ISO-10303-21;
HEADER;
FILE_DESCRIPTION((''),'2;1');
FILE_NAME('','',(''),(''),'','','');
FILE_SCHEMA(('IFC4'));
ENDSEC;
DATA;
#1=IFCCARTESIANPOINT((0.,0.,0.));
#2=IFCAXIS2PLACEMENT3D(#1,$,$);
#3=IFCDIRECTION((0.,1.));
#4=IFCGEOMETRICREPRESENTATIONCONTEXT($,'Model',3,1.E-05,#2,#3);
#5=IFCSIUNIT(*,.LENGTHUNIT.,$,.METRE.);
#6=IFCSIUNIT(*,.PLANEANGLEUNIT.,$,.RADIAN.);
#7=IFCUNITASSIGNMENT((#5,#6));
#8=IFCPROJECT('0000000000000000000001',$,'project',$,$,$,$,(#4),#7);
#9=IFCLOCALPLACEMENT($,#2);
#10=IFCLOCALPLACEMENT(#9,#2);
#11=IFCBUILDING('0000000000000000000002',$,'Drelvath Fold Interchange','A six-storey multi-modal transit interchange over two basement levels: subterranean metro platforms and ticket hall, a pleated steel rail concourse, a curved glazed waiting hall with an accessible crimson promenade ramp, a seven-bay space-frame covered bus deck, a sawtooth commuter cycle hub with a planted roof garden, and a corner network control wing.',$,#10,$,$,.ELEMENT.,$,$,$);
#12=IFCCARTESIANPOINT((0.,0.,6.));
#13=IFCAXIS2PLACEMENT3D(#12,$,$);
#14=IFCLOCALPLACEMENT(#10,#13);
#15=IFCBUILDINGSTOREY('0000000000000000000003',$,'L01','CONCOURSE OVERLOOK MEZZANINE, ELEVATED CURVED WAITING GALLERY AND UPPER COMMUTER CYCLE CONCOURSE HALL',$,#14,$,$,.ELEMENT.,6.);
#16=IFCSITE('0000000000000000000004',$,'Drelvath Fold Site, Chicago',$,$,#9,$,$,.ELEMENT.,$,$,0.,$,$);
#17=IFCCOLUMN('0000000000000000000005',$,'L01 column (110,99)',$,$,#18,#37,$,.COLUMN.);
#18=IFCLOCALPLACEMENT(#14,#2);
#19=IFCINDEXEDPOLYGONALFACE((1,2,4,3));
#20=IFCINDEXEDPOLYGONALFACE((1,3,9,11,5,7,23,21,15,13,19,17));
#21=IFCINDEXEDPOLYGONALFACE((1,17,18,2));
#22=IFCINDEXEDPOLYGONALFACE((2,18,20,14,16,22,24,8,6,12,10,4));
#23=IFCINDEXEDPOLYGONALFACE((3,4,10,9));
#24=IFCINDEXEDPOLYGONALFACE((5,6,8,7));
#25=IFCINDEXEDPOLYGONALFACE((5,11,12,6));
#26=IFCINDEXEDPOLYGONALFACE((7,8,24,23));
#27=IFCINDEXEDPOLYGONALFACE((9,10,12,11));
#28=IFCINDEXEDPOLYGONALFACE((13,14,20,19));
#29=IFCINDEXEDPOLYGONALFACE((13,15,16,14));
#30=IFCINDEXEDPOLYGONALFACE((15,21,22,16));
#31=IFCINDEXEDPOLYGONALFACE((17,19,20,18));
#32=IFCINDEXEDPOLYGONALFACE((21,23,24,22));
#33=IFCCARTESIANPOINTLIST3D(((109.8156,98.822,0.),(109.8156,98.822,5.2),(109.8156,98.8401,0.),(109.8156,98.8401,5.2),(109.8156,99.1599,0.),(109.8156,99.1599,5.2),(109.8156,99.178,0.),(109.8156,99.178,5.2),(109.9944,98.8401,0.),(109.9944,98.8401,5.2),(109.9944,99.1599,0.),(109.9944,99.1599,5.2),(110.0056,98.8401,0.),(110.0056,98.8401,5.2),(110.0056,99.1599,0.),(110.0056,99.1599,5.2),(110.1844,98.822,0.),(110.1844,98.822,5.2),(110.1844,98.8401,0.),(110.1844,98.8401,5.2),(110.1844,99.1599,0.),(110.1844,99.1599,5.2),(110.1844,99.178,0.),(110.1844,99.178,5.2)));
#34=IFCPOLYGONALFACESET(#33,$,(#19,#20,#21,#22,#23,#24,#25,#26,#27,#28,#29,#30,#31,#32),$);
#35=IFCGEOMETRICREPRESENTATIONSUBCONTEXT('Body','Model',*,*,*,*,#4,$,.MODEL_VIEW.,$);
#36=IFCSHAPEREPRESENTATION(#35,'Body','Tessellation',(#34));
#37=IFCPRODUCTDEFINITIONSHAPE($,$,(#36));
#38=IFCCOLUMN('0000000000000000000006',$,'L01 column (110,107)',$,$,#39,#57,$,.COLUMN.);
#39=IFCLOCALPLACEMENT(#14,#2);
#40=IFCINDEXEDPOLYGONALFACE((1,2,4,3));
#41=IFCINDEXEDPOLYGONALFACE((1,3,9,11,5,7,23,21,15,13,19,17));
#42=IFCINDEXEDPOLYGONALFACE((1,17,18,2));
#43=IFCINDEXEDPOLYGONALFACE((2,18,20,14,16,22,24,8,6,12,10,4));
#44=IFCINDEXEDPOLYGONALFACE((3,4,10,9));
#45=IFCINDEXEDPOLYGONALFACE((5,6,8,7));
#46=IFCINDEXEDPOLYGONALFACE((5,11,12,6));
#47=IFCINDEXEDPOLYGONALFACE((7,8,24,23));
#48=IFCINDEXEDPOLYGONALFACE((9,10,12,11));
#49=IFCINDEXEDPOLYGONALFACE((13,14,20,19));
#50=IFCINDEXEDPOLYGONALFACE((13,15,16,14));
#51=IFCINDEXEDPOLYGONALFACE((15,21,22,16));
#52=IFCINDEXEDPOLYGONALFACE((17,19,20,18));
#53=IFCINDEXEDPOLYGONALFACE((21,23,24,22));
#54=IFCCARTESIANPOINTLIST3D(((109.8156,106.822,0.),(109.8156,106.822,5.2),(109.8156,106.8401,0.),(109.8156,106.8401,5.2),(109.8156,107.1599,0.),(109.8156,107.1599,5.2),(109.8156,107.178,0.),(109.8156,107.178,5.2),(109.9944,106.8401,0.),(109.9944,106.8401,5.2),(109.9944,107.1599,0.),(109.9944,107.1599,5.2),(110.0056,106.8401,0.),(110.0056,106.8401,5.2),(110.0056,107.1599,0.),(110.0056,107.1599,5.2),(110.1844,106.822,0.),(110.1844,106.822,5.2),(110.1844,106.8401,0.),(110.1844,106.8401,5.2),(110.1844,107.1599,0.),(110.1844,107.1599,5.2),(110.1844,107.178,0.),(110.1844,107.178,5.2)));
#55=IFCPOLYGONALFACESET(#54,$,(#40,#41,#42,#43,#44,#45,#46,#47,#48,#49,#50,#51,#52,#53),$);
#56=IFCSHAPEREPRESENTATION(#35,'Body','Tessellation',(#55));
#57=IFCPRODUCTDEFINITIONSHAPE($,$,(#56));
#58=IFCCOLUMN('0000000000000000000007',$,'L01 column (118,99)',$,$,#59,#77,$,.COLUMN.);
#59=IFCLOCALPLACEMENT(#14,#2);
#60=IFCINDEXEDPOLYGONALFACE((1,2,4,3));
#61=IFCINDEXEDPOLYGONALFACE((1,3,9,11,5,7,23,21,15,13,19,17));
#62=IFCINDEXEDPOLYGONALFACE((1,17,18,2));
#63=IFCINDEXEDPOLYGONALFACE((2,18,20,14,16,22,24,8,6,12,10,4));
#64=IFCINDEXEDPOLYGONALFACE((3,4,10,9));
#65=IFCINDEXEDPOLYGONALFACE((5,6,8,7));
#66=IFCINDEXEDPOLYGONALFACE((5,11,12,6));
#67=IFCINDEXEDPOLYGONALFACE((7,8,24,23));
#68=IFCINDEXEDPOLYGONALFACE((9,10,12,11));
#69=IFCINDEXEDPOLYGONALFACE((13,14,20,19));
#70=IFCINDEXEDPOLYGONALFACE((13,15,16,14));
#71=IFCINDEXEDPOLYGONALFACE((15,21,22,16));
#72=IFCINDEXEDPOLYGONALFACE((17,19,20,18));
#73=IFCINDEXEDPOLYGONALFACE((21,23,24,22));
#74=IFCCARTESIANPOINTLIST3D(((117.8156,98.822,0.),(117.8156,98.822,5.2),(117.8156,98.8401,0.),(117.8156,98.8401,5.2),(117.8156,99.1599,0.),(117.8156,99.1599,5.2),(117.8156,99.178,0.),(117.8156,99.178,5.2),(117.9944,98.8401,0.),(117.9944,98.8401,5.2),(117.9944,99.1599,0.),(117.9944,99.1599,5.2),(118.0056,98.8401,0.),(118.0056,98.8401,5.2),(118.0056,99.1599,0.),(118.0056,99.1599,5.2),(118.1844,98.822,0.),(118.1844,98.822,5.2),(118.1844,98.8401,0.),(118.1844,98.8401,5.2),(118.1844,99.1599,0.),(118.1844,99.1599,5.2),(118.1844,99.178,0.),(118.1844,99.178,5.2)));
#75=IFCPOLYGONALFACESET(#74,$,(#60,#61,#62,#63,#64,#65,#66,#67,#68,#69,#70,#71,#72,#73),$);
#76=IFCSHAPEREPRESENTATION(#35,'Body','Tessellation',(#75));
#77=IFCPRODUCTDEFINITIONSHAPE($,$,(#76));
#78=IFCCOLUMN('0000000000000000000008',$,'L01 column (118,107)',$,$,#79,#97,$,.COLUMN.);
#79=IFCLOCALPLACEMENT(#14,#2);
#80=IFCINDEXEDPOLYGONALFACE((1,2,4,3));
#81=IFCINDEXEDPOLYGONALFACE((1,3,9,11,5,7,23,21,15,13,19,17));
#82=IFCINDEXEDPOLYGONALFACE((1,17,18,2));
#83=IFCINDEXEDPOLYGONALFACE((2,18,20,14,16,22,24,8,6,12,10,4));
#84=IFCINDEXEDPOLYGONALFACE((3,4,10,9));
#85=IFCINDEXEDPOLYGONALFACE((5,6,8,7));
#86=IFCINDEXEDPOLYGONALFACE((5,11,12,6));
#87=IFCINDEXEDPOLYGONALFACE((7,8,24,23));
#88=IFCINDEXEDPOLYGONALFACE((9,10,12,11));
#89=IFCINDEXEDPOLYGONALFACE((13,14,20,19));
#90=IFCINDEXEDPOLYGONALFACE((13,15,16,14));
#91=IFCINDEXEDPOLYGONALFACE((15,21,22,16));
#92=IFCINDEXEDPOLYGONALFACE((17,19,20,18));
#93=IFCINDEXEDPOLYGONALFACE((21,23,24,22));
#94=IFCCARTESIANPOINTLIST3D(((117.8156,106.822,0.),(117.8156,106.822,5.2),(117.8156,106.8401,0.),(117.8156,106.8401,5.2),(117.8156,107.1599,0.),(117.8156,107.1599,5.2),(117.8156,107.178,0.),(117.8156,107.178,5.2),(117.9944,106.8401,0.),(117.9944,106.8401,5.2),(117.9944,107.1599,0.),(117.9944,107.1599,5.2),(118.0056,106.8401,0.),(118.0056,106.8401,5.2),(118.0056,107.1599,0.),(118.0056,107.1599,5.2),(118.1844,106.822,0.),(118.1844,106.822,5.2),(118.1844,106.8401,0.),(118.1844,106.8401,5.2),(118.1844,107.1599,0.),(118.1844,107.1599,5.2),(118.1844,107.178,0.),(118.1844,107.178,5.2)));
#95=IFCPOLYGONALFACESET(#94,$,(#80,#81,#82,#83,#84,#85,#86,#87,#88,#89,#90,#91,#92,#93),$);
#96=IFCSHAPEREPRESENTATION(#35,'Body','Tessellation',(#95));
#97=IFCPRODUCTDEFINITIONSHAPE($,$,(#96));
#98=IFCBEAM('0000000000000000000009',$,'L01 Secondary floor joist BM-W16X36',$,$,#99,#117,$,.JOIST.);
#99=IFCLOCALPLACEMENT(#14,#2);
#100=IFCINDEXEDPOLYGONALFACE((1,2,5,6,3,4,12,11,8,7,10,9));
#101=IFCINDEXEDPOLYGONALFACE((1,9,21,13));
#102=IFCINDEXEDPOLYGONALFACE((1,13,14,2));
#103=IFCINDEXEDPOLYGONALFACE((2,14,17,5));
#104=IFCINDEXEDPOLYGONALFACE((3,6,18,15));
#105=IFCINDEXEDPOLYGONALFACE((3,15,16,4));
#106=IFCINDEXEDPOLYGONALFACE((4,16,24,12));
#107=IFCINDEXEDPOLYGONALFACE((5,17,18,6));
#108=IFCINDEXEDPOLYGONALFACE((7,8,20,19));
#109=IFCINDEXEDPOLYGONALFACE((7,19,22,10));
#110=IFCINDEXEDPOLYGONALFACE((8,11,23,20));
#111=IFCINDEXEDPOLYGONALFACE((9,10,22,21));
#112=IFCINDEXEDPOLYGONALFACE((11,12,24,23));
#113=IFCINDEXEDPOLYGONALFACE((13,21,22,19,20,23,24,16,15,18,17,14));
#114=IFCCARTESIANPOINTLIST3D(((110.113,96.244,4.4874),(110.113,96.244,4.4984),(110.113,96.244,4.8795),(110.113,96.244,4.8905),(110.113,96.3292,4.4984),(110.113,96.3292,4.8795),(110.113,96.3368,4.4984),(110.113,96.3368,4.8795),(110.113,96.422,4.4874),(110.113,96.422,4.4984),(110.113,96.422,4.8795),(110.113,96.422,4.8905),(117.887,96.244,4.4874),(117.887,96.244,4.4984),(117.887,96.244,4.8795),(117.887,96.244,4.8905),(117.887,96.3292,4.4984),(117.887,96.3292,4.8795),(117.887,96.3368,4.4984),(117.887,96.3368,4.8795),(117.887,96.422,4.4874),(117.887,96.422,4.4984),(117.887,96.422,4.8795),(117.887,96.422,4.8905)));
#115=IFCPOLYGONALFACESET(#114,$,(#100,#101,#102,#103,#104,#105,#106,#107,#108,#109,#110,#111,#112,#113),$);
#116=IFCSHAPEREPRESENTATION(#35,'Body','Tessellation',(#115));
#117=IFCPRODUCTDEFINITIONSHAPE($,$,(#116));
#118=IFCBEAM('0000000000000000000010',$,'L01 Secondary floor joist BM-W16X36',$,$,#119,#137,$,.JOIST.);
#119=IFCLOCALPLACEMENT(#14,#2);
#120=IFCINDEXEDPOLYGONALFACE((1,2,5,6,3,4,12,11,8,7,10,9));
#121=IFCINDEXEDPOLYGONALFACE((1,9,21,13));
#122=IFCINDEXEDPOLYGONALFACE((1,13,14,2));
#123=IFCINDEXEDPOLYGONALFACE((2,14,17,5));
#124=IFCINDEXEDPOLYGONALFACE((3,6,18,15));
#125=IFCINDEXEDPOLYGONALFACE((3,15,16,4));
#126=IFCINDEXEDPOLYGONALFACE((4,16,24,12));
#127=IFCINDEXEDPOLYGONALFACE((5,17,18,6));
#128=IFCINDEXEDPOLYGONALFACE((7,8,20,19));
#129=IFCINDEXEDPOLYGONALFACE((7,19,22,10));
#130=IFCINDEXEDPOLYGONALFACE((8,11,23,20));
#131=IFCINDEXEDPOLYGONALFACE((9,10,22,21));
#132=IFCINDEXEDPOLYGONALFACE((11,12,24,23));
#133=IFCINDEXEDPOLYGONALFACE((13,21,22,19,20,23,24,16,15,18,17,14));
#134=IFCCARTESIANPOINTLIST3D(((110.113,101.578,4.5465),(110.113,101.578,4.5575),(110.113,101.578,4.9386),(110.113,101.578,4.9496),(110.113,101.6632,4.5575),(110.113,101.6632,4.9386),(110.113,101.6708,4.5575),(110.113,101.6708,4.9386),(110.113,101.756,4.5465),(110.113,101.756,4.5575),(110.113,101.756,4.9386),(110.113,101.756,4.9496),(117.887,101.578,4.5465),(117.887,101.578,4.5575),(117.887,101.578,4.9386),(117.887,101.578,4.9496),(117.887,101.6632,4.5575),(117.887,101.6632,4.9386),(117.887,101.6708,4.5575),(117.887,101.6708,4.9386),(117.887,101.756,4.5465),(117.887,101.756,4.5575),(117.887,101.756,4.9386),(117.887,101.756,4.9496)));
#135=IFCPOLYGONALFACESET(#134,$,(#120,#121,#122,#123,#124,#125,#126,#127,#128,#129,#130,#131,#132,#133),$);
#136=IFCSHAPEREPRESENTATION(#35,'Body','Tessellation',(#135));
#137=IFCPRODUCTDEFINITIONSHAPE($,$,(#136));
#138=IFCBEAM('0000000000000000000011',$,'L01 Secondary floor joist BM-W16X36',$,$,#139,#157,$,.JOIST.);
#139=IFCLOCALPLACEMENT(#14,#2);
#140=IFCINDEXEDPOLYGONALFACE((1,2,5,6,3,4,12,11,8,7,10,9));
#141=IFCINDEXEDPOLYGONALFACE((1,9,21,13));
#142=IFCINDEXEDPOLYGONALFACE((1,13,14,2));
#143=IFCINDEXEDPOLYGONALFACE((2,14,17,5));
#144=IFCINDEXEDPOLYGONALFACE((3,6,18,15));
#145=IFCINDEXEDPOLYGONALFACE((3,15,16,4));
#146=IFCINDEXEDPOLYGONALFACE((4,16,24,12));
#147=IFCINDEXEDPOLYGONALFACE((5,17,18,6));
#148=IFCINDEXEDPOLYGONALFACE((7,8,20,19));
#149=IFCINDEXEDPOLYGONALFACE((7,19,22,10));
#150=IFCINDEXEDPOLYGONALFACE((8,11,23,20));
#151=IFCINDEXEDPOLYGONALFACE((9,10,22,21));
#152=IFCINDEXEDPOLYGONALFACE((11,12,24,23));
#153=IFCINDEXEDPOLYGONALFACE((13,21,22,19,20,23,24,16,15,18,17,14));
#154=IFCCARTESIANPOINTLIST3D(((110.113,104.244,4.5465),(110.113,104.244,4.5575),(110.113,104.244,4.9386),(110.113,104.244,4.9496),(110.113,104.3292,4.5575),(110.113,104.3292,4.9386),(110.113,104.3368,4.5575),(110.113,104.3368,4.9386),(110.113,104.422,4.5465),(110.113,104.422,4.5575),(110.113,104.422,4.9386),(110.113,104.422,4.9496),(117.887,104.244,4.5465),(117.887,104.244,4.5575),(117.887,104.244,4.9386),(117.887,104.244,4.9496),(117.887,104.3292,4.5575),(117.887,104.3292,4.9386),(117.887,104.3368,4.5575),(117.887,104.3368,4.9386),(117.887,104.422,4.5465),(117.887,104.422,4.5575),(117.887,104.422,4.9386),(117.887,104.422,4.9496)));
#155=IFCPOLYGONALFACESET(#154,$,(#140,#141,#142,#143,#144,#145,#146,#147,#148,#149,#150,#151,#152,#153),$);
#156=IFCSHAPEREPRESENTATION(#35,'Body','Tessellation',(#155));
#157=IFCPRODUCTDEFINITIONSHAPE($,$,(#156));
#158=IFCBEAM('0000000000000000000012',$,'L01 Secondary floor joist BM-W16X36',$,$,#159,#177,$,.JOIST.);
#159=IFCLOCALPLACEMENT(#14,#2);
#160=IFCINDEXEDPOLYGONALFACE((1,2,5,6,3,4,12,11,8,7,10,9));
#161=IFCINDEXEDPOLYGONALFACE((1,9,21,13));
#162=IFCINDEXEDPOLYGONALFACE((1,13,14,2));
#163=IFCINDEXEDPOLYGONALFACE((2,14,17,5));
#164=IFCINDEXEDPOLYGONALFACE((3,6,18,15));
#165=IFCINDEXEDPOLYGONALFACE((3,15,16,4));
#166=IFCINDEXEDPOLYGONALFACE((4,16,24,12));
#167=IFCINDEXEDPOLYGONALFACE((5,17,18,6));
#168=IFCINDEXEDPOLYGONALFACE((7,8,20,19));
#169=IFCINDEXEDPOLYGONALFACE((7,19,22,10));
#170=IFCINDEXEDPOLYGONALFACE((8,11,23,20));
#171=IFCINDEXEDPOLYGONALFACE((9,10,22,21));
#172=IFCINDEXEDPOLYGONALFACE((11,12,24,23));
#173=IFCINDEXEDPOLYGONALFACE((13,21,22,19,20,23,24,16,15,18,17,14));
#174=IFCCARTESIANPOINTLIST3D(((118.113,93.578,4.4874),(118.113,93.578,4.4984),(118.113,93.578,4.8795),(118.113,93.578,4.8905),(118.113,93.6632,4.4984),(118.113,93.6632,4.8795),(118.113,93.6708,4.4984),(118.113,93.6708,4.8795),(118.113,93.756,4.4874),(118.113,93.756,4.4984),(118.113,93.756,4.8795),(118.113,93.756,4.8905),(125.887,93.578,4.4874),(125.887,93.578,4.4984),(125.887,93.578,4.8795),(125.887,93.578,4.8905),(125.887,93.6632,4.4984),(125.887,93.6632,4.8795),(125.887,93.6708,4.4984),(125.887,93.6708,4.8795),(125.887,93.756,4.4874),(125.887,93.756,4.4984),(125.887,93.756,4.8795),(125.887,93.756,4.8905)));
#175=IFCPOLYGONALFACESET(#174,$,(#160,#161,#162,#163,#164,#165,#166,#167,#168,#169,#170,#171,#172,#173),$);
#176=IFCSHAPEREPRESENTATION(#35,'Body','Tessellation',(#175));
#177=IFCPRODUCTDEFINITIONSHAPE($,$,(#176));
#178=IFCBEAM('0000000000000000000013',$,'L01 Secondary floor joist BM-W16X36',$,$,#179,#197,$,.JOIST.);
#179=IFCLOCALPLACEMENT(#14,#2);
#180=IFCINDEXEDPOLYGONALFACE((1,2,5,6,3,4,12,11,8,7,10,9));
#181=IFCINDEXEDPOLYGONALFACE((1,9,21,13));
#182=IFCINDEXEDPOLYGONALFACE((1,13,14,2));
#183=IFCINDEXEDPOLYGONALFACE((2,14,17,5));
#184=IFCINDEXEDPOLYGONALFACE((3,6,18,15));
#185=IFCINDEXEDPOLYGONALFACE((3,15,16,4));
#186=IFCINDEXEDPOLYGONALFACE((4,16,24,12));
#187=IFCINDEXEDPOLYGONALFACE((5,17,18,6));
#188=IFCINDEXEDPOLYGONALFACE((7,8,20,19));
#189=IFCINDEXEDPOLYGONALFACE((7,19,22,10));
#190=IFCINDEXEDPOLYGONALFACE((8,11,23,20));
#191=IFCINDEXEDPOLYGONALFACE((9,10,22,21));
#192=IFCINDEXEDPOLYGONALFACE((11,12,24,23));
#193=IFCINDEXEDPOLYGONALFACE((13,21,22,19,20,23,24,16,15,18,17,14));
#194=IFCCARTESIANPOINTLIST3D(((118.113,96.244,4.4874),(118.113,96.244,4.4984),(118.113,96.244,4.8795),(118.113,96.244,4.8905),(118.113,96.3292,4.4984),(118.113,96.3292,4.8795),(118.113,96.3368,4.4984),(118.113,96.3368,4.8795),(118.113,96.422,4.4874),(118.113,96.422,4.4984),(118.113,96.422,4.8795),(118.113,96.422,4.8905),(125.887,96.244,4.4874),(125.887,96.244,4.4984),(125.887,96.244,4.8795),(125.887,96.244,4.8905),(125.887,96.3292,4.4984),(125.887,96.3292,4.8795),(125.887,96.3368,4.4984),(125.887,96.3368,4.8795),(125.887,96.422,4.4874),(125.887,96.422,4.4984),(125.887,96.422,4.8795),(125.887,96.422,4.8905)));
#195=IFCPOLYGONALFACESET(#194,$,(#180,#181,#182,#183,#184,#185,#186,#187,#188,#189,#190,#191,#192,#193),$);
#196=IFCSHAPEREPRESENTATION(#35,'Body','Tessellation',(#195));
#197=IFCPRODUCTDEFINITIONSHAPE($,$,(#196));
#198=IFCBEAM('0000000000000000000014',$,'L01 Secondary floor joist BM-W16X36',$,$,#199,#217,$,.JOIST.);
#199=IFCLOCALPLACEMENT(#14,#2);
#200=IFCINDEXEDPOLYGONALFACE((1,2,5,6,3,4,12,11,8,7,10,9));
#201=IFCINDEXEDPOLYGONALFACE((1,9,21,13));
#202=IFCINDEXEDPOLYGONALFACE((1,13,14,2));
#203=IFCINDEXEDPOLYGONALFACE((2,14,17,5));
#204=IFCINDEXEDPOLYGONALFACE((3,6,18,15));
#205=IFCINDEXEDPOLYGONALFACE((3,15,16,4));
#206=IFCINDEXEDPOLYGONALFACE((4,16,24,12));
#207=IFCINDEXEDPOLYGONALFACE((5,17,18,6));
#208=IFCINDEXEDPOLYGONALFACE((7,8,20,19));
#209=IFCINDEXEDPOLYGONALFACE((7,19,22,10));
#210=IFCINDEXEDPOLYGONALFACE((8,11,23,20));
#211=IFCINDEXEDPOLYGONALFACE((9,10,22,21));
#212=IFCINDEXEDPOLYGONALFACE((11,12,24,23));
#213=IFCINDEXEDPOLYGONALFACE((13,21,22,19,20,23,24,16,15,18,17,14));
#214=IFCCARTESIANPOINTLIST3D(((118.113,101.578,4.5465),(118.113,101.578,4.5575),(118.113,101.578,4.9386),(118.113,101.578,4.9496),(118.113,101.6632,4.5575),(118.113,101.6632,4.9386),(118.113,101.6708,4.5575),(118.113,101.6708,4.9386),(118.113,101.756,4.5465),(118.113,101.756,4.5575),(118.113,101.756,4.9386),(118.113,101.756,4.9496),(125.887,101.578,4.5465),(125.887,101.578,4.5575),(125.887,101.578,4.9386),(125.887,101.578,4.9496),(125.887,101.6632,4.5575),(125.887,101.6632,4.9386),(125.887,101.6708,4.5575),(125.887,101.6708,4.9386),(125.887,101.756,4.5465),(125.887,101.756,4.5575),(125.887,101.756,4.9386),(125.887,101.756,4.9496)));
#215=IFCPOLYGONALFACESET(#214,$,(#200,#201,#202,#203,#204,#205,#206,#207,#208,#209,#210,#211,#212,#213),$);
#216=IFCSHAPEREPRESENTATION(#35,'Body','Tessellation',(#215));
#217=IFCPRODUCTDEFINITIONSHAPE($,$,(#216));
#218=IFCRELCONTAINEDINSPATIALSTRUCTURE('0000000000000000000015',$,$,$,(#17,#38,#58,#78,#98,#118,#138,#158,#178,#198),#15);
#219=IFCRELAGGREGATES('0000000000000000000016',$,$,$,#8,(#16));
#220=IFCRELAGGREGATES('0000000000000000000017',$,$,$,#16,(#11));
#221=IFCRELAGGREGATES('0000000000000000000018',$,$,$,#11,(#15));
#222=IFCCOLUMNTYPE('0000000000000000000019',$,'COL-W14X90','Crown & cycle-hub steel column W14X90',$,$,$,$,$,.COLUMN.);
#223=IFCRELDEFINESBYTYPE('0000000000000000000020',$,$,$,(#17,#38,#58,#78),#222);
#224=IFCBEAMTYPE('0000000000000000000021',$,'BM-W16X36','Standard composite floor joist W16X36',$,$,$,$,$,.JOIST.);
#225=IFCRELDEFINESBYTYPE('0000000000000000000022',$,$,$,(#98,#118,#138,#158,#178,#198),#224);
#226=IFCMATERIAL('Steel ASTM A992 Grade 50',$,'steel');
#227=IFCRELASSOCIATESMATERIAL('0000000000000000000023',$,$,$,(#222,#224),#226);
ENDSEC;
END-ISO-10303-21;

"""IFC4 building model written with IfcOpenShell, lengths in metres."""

from ifc_helpers import new_model, si_unit, direction, frame, origin, origin_2d, place, context, subcontext, project, spatial, i_section, extrude, material, material_profile, profile_set, type_object, element, save


model = new_model("IFC4")

# Units and contexts
model_context = context("Model", 3, precision=1e-05, world=origin(), true_north=direction((0.0, 1.0)))
body_context = subcontext(model_context, "Body", "Model", "MODEL_VIEW")
ifc_project = project(units=[si_unit("LENGTHUNIT", "METRE"), si_unit("PLANEANGLEUNIT", "RADIAN")], contexts=[model_context])

# Site, building, storey
site_placement = place(None, origin())
site = spatial("IfcSite", under=ifc_project, at=site_placement, Name="Drelvath Fold Site, Chicago", CompositionType="ELEMENT", RefElevation=0.0)
building_placement = place(site_placement, origin())
building = spatial("IfcBuilding", under=site, at=building_placement, Name="Drelvath Fold Interchange", Description="A six-storey multi-modal transit interchange over two basement levels: subterranean metro platforms and ticket hall, a pleated steel rail concourse, a curved glazed waiting hall with an accessible crimson promenade ramp, a seven-bay space-frame covered bus deck, a sawtooth commuter cycle hub with a planted roof garden, and a corner network control wing.", CompositionType="ELEMENT")
storey_placement = place(building_placement, frame((0.0, 0.0, 6.0)))
storey = spatial("IfcBuildingStorey", under=building, at=storey_placement, Name="L01", Description="CONCOURSE OVERLOOK MEZZANINE, ELEVATED CURVED WAITING GALLERY AND UPPER COMMUTER CYCLE CONCOURSE HALL", CompositionType="ELEMENT", Elevation=6.0)

# Columns
ifc_material_1 = material(Name="Steel ASTM A992 Grade 50", Category="steel")
ifc_material_profile_1 = material_profile(ifc_material_1, i_section(OverallWidth=0.3689, OverallDepth=0.356, WebThickness=0.0112, FlangeThickness=0.0181, at=origin_2d()), Name="W14X90")
ifc_profile_set_1 = profile_set([ifc_material_profile_1], Name="Steel ASTM A992 Grade 50")
column_type = type_object("IfcColumnType", Name="COL-W14X90", Description="Crown & cycle-hub steel column W14X90", PredefinedType="COLUMN", material=ifc_profile_set_1)
for number, where, z_axis, x_axis, name in (
    (1, (110.0, 99.0, 0.0), (0.0, 0.0, 1.0), (1.0, 0.0, 0.0), "L01 column (110,99)"),
    (2, (110.0, 107.0, 0.0), (0.0, 0.0, 1.0), (1.0, 0.0, 0.0), "L01 column (110,107)"),
    (3, (118.0, 99.0, 0.0), (0.0, 0.0, 1.0), (1.0, 0.0, 0.0), "L01 column (118,99)"),
    (4, (118.0, 107.0, 0.0), (0.0, 0.0, 1.0), (1.0, 0.0, 0.0), "L01 column (118,107)"),
):
    element("IfcColumn", number, at=place(storey_placement, frame(where, z_axis=z_axis, x_axis=x_axis)), inside=storey, type_object=column_type, Name=name, PredefinedType="COLUMN", context=body_context, shape_type="SweptSolid", body=[
        extrude(i_section(OverallWidth=0.3689, OverallDepth=0.356, WebThickness=0.0112, FlangeThickness=0.0181, at=origin_2d()), origin(), (0.0, 0.0, 1.0), 5.2),
    ])

# Beams
ifc_material_profile_2 = material_profile(ifc_material_1, i_section(OverallWidth=0.178, OverallDepth=0.4031, WebThickness=0.0076, FlangeThickness=0.011, at=origin_2d()), Name="W16X36")
ifc_profile_set_2 = profile_set([ifc_material_profile_2], Name="Steel ASTM A992 Grade 50")
beam_type_1 = type_object("IfcBeamType", Name="BM-W16X36", Description="Standard composite floor joist W16X36", PredefinedType="JOIST", material=ifc_profile_set_2)
for number, where, z_axis, x_axis, name in (
    (5, (110.113, 96.333, 4.689), (1.0, 0.0, 0.0), (0.0, 1.0, 0.0), "L01 Secondary floor joist BM-W16X36"),
    (6, (110.113, 101.667, 4.748), (1.0, 0.0, 0.0), (0.0, 1.0, 0.0), "L01 Secondary floor joist BM-W16X36"),
    (7, (110.113, 104.333, 4.748), (1.0, 0.0, 0.0), (0.0, 1.0, 0.0), "L01 Secondary floor joist BM-W16X36"),
    (8, (118.113, 93.667, 4.689), (1.0, 0.0, 0.0), (0.0, 1.0, 0.0), "L01 Secondary floor joist BM-W16X36"),
    (9, (118.113, 96.333, 4.689), (1.0, 0.0, 0.0), (0.0, 1.0, 0.0), "L01 Secondary floor joist BM-W16X36"),
    (10, (118.113, 101.667, 4.748), (1.0, 0.0, 0.0), (0.0, 1.0, 0.0), "L01 Secondary floor joist BM-W16X36"),
):
    element("IfcBeam", number, at=place(storey_placement, frame(where, z_axis=z_axis, x_axis=x_axis)), inside=storey, type_object=beam_type_1, Name=name, PredefinedType="JOIST", context=body_context, shape_type="SweptSolid", body=[
        extrude(i_section(OverallWidth=0.178, OverallDepth=0.4031, WebThickness=0.0076, FlangeThickness=0.011, at=origin_2d()), origin(), (0.0, 0.0, 1.0), 7.7739),
    ])

save(model, "model.ifc")
